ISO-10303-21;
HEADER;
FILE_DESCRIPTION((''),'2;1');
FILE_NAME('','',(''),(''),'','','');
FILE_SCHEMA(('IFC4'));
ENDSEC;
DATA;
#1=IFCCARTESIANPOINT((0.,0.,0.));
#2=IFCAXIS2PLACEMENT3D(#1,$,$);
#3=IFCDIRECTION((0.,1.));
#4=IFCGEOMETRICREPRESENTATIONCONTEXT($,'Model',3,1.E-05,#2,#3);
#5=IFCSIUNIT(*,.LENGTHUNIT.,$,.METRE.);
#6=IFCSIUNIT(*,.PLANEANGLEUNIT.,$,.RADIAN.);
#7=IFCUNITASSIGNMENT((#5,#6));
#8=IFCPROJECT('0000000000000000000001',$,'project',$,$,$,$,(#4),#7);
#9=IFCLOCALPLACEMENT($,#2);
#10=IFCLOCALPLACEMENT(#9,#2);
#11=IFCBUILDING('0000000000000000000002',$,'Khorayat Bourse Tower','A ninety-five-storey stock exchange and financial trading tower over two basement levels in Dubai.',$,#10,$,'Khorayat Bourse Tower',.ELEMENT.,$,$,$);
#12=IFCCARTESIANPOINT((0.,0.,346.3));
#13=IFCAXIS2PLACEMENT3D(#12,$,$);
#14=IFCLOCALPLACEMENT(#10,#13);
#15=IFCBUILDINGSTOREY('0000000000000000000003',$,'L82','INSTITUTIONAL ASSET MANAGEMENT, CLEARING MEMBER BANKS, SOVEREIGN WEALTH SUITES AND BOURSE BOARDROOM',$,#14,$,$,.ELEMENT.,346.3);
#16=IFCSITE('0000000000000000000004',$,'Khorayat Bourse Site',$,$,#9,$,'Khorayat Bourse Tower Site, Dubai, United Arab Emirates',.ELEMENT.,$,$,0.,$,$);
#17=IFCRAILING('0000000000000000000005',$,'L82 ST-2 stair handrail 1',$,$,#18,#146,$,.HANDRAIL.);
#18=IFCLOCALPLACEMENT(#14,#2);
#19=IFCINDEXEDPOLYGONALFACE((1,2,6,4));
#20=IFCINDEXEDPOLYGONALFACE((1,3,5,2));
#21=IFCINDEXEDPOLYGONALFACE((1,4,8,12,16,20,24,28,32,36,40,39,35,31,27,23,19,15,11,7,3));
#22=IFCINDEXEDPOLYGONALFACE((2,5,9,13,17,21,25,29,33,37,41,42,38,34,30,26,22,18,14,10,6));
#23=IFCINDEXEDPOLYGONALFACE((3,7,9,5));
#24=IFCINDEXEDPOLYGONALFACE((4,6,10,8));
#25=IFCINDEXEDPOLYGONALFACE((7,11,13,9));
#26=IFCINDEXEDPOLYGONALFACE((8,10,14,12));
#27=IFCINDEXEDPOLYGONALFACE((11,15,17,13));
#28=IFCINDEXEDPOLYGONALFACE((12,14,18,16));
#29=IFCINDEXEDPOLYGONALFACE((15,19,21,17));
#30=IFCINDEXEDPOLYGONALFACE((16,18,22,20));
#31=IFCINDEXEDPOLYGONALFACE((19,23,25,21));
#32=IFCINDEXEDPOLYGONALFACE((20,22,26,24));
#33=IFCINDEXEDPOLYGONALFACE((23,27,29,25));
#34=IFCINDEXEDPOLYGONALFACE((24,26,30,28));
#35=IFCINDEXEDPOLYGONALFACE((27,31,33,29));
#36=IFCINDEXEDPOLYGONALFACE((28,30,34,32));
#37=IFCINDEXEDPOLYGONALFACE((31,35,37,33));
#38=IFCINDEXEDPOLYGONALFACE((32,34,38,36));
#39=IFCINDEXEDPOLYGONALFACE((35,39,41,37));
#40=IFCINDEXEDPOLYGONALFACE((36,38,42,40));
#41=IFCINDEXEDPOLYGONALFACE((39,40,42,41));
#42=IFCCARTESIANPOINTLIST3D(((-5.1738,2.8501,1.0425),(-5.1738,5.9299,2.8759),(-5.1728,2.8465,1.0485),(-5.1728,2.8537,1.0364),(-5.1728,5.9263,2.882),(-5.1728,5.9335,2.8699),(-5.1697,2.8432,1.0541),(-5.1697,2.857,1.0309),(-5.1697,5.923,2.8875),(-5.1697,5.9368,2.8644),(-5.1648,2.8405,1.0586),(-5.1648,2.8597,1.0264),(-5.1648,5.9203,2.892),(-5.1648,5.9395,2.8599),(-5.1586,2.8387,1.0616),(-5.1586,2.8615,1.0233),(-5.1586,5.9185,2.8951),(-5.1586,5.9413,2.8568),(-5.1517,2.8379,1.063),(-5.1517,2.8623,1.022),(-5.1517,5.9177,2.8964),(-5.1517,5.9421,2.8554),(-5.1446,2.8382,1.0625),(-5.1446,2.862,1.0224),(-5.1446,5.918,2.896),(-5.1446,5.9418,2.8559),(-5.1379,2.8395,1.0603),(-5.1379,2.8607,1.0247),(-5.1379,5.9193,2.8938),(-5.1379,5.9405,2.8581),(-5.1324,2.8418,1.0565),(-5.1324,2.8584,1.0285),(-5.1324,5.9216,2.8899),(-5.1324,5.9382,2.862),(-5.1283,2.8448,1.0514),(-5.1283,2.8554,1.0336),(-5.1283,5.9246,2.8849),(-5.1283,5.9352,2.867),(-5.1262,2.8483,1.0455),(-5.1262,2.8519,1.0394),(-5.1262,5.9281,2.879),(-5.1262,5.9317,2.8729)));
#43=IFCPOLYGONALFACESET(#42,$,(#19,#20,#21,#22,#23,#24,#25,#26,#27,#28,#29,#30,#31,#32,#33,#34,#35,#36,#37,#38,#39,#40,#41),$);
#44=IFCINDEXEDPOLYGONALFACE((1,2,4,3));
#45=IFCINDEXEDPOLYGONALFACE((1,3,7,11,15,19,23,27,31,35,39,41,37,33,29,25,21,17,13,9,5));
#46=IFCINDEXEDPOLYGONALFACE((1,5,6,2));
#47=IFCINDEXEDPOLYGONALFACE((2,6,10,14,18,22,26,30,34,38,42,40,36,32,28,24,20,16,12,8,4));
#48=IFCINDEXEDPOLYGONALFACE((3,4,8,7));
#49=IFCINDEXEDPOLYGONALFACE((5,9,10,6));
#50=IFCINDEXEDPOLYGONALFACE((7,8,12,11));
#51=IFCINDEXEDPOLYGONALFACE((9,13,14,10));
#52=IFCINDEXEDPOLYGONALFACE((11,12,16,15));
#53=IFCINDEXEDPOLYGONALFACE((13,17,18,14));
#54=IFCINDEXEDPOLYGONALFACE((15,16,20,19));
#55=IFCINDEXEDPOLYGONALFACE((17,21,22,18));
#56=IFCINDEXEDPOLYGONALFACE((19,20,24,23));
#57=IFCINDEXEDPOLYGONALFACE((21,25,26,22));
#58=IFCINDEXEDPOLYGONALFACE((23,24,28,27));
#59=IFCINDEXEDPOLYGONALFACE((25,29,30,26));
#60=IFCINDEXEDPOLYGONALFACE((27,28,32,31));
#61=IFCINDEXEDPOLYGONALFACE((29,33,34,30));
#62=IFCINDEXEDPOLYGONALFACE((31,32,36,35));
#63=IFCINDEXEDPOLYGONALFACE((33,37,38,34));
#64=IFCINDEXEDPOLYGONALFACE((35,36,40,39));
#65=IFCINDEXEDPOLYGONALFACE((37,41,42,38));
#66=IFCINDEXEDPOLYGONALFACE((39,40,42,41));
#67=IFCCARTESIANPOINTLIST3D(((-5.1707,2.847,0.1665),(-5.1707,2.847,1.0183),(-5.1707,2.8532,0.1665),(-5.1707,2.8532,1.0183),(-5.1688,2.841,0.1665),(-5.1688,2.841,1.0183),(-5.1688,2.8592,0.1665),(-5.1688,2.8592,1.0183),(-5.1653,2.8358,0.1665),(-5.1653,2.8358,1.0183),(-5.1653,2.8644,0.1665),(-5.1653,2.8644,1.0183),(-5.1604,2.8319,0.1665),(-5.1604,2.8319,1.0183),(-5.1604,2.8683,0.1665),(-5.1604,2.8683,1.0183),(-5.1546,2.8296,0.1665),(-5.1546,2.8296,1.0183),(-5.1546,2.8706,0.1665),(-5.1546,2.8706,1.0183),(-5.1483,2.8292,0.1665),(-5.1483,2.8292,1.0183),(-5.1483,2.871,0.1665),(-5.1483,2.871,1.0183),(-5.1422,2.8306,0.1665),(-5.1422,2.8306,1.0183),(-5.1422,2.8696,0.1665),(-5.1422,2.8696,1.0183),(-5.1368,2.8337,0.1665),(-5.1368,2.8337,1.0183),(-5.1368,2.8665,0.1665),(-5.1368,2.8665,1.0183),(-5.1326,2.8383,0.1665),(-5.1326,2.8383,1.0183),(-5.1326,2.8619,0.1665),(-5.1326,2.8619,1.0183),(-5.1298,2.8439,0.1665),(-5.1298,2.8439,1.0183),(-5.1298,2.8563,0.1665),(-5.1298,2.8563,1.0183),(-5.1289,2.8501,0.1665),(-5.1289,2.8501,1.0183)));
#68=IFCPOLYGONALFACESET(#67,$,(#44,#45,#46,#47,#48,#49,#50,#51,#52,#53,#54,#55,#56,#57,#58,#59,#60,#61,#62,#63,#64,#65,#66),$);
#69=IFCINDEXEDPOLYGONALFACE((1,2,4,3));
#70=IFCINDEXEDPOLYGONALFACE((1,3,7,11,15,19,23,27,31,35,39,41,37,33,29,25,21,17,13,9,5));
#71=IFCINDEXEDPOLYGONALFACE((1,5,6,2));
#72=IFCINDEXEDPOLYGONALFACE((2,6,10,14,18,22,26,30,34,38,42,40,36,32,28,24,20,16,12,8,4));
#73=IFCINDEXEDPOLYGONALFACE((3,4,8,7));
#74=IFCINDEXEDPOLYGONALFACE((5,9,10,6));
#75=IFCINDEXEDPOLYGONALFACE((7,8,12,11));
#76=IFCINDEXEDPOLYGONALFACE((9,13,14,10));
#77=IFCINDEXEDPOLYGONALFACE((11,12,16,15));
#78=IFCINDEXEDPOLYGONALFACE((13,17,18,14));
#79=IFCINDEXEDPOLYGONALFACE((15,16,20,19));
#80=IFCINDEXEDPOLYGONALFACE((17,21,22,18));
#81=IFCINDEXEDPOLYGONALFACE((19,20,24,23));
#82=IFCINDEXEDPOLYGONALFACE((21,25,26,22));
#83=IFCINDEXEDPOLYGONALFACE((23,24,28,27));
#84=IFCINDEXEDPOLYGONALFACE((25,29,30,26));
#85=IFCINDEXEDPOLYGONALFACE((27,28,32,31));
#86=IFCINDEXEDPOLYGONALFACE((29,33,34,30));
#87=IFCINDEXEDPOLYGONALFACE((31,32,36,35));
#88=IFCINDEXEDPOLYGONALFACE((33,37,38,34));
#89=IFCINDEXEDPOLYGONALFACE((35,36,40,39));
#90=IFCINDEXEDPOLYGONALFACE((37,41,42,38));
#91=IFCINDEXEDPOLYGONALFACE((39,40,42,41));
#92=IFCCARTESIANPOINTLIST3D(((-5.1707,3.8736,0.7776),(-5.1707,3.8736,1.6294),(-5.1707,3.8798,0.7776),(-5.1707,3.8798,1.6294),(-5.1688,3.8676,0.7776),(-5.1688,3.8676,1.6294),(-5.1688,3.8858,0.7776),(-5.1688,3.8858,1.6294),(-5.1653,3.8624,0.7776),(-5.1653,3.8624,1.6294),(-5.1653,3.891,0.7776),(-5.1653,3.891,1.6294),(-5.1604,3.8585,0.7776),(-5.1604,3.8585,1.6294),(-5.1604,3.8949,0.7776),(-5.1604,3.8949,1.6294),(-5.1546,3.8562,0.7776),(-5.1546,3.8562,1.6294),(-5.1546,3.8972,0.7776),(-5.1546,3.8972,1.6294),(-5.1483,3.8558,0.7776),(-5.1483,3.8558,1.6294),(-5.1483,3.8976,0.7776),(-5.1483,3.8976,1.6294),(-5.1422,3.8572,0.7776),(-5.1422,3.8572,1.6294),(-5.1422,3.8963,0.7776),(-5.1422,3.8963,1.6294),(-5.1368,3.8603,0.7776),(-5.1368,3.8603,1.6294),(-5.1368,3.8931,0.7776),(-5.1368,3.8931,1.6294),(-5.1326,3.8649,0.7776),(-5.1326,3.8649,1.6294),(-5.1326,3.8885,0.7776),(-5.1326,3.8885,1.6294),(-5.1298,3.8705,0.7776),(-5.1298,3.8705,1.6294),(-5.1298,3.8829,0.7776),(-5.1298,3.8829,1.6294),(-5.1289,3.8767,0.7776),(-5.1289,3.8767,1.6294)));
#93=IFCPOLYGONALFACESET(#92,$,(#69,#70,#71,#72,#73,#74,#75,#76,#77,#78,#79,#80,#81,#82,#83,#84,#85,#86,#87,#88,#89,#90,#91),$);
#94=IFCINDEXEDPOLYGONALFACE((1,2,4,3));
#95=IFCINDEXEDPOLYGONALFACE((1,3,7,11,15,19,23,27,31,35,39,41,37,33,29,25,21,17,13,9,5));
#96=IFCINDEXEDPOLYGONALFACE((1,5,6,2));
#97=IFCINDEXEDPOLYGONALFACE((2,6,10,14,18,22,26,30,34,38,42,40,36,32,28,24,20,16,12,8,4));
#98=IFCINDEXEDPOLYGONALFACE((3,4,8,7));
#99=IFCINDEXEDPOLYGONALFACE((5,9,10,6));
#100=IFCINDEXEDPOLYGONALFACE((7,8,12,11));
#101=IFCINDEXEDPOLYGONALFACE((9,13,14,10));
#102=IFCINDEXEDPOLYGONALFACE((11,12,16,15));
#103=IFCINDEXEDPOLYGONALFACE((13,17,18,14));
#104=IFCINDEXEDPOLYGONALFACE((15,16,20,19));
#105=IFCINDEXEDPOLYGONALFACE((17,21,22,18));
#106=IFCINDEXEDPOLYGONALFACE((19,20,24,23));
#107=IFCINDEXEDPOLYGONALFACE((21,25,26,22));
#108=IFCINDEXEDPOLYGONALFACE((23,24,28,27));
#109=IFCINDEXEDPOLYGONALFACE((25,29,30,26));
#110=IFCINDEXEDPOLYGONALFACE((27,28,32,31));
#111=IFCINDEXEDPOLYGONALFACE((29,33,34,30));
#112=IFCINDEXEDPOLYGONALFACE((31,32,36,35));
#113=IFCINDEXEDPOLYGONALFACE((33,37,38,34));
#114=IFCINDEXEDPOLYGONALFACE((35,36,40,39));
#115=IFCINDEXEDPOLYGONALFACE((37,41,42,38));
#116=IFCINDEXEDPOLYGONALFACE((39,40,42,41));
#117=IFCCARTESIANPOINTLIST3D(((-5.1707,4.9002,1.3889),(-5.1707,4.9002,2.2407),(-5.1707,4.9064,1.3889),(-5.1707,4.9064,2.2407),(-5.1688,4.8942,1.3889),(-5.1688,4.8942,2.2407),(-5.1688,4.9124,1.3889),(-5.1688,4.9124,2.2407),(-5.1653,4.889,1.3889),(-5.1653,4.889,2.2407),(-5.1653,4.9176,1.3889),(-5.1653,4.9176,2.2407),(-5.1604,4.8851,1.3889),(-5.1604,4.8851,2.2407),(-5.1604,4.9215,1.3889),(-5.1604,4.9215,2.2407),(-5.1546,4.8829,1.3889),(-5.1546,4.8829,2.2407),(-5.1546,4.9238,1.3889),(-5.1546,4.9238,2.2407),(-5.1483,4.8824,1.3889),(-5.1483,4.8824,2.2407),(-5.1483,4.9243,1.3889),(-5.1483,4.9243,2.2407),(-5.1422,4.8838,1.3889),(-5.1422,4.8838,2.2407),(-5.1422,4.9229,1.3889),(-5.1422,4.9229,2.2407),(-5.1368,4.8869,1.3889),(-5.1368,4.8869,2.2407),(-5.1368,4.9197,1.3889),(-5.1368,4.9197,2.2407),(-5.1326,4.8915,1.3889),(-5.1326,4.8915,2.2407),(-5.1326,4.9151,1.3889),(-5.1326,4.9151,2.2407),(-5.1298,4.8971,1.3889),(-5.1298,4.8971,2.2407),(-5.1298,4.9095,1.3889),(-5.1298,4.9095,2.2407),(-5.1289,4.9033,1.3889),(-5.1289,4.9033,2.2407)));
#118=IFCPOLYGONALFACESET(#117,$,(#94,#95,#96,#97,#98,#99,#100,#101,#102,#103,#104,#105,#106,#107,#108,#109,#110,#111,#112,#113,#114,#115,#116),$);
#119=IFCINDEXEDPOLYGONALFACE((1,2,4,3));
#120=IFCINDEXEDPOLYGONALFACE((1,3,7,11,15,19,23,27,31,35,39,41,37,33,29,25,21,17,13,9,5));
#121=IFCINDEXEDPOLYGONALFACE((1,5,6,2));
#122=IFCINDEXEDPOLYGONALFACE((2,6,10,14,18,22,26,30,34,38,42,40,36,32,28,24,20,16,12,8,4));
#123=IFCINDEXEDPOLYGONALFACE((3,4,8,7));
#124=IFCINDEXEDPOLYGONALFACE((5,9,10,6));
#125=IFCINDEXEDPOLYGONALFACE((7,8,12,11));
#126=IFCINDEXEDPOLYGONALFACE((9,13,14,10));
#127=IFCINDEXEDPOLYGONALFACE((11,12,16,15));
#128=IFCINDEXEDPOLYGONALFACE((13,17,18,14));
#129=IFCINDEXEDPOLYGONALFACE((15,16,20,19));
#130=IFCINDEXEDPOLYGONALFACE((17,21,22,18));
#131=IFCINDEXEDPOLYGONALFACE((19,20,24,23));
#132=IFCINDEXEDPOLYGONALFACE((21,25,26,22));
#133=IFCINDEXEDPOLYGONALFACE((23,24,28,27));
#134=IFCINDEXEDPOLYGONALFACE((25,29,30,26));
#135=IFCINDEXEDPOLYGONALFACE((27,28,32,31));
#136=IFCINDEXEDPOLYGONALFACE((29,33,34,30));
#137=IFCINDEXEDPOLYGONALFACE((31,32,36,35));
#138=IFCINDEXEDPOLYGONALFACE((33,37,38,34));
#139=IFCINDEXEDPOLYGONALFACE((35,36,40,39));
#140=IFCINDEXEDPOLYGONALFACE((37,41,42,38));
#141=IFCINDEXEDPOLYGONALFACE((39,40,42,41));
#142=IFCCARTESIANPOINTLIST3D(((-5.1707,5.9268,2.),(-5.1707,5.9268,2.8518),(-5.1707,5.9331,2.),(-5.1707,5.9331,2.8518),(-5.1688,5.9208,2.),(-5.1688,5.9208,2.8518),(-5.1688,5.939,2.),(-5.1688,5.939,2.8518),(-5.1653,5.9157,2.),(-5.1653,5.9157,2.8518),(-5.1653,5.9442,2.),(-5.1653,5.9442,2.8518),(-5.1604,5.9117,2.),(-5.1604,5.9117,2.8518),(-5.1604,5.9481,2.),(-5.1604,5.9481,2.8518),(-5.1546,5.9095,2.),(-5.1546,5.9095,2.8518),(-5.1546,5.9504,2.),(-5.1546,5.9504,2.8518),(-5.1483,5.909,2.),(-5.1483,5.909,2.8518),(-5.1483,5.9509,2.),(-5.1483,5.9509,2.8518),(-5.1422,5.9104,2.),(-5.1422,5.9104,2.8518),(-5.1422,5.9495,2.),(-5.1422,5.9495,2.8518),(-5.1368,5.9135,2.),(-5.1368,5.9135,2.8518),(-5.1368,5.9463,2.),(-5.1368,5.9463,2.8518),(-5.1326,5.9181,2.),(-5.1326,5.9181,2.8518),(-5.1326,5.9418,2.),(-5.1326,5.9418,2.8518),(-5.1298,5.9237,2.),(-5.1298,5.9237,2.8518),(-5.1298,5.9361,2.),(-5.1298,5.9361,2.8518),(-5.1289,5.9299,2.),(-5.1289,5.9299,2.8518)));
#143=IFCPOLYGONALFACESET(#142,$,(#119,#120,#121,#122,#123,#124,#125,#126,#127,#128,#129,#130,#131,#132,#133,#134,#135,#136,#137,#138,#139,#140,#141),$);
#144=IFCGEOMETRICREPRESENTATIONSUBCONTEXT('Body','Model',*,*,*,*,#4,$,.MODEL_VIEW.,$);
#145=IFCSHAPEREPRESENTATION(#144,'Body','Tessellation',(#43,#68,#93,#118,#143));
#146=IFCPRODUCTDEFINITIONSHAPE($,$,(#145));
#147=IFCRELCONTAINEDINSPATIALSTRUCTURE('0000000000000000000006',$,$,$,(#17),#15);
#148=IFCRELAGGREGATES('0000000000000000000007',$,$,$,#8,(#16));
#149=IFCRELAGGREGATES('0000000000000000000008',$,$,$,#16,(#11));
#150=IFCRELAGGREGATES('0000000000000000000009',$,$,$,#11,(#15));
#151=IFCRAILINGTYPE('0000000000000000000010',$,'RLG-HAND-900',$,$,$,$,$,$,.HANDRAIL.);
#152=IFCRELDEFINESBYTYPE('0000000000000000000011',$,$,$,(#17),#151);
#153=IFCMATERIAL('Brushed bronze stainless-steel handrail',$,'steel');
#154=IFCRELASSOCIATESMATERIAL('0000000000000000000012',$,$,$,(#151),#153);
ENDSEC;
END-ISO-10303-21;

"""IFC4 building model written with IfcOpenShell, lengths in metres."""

from ifc_helpers import new_model, si_unit, direction, frame, origin, origin_2d, place, context, subcontext, project, spatial, circle, extrude, source, transform, mapped, material, type_object, element, save


model = new_model("IFC4")

# Units and contexts
model_context = context("Model", 3, precision=1e-05, world=origin(), true_north=direction((0.0, 1.0)))
body_context = subcontext(model_context, "Body", "Model", "MODEL_VIEW")
ifc_project = project(units=[si_unit("LENGTHUNIT", "METRE"), si_unit("PLANEANGLEUNIT", "RADIAN")], contexts=[model_context])

# Site, building, storey
site_placement = place(None, origin())
site = spatial("IfcSite", under=ifc_project, at=site_placement, Name="Khorayat Bourse Site", LongName="Khorayat Bourse Tower Site, Dubai, United Arab Emirates", CompositionType="ELEMENT", RefElevation=0.0)
building_placement = place(site_placement, origin())
building = spatial("IfcBuilding", under=site, at=building_placement, Name="Khorayat Bourse Tower", Description="A ninety-five-storey stock exchange and financial trading tower over two basement levels in Dubai.", LongName="Khorayat Bourse Tower", CompositionType="ELEMENT")
storey_placement = place(building_placement, frame((0.0, 0.0, 346.3)))
storey = spatial("IfcBuildingStorey", under=building, at=storey_placement, Name="L82", Description="INSTITUTIONAL ASSET MANAGEMENT, CLEARING MEMBER BANKS, SOVEREIGN WEALTH SUITES AND BOURSE BOARDROOM", CompositionType="ELEMENT", Elevation=346.3)

# Railing
ifc_material_1 = material(Name="Brushed bronze stainless-steel handrail", Category="steel")
railing_type_1 = type_object("IfcRailingType", Name="RLG-HAND-900", PredefinedType="HANDRAIL", material=ifc_material_1)
shared_shape_1 = source(origin(), body_context, "Body", "SweptSolid", [
    extrude(circle(Radius=0.0239, at=origin_2d()), frame((0.0, 0.0, 0.876), z_axis=(0.0, 0.859261, 0.511538), x_axis=(-1.0, 0.0, 0.0)), (0.0, 0.0, 1.0), 3.5842),
    extrude(circle(Radius=0.021, at=origin_2d()), origin(), (0.0, 0.0, 1.0), 0.8518),
    extrude(circle(Radius=0.021, at=origin_2d()), frame((0.0, 1.0266, 0.6111)), (0.0, 0.0, 1.0), 0.8518),
    extrude(circle(Radius=0.021, at=origin_2d()), frame((0.0, 2.0532, 1.2224)), (0.0, 0.0, 1.0), 0.8518),
    extrude(circle(Radius=0.021, at=origin_2d()), frame((0.0, 3.0798, 1.8335)), (0.0, 0.0, 1.0), 0.8518),
])
railing_1_placement = place(storey_placement, frame((-5.1499, 2.8501, 0.1665)))
element("IfcRailing", 1, at=railing_1_placement, inside=storey, type_object=railing_type_1, Name="L82 ST-2 stair handrail 1", PredefinedType="HANDRAIL", context=body_context, shape_type="MappedRepresentation", body=[
    mapped(shared_shape_1, transform((0.0, 0.0, 0.0), scale=1.0)),
])

save(model, "model.ifc")
